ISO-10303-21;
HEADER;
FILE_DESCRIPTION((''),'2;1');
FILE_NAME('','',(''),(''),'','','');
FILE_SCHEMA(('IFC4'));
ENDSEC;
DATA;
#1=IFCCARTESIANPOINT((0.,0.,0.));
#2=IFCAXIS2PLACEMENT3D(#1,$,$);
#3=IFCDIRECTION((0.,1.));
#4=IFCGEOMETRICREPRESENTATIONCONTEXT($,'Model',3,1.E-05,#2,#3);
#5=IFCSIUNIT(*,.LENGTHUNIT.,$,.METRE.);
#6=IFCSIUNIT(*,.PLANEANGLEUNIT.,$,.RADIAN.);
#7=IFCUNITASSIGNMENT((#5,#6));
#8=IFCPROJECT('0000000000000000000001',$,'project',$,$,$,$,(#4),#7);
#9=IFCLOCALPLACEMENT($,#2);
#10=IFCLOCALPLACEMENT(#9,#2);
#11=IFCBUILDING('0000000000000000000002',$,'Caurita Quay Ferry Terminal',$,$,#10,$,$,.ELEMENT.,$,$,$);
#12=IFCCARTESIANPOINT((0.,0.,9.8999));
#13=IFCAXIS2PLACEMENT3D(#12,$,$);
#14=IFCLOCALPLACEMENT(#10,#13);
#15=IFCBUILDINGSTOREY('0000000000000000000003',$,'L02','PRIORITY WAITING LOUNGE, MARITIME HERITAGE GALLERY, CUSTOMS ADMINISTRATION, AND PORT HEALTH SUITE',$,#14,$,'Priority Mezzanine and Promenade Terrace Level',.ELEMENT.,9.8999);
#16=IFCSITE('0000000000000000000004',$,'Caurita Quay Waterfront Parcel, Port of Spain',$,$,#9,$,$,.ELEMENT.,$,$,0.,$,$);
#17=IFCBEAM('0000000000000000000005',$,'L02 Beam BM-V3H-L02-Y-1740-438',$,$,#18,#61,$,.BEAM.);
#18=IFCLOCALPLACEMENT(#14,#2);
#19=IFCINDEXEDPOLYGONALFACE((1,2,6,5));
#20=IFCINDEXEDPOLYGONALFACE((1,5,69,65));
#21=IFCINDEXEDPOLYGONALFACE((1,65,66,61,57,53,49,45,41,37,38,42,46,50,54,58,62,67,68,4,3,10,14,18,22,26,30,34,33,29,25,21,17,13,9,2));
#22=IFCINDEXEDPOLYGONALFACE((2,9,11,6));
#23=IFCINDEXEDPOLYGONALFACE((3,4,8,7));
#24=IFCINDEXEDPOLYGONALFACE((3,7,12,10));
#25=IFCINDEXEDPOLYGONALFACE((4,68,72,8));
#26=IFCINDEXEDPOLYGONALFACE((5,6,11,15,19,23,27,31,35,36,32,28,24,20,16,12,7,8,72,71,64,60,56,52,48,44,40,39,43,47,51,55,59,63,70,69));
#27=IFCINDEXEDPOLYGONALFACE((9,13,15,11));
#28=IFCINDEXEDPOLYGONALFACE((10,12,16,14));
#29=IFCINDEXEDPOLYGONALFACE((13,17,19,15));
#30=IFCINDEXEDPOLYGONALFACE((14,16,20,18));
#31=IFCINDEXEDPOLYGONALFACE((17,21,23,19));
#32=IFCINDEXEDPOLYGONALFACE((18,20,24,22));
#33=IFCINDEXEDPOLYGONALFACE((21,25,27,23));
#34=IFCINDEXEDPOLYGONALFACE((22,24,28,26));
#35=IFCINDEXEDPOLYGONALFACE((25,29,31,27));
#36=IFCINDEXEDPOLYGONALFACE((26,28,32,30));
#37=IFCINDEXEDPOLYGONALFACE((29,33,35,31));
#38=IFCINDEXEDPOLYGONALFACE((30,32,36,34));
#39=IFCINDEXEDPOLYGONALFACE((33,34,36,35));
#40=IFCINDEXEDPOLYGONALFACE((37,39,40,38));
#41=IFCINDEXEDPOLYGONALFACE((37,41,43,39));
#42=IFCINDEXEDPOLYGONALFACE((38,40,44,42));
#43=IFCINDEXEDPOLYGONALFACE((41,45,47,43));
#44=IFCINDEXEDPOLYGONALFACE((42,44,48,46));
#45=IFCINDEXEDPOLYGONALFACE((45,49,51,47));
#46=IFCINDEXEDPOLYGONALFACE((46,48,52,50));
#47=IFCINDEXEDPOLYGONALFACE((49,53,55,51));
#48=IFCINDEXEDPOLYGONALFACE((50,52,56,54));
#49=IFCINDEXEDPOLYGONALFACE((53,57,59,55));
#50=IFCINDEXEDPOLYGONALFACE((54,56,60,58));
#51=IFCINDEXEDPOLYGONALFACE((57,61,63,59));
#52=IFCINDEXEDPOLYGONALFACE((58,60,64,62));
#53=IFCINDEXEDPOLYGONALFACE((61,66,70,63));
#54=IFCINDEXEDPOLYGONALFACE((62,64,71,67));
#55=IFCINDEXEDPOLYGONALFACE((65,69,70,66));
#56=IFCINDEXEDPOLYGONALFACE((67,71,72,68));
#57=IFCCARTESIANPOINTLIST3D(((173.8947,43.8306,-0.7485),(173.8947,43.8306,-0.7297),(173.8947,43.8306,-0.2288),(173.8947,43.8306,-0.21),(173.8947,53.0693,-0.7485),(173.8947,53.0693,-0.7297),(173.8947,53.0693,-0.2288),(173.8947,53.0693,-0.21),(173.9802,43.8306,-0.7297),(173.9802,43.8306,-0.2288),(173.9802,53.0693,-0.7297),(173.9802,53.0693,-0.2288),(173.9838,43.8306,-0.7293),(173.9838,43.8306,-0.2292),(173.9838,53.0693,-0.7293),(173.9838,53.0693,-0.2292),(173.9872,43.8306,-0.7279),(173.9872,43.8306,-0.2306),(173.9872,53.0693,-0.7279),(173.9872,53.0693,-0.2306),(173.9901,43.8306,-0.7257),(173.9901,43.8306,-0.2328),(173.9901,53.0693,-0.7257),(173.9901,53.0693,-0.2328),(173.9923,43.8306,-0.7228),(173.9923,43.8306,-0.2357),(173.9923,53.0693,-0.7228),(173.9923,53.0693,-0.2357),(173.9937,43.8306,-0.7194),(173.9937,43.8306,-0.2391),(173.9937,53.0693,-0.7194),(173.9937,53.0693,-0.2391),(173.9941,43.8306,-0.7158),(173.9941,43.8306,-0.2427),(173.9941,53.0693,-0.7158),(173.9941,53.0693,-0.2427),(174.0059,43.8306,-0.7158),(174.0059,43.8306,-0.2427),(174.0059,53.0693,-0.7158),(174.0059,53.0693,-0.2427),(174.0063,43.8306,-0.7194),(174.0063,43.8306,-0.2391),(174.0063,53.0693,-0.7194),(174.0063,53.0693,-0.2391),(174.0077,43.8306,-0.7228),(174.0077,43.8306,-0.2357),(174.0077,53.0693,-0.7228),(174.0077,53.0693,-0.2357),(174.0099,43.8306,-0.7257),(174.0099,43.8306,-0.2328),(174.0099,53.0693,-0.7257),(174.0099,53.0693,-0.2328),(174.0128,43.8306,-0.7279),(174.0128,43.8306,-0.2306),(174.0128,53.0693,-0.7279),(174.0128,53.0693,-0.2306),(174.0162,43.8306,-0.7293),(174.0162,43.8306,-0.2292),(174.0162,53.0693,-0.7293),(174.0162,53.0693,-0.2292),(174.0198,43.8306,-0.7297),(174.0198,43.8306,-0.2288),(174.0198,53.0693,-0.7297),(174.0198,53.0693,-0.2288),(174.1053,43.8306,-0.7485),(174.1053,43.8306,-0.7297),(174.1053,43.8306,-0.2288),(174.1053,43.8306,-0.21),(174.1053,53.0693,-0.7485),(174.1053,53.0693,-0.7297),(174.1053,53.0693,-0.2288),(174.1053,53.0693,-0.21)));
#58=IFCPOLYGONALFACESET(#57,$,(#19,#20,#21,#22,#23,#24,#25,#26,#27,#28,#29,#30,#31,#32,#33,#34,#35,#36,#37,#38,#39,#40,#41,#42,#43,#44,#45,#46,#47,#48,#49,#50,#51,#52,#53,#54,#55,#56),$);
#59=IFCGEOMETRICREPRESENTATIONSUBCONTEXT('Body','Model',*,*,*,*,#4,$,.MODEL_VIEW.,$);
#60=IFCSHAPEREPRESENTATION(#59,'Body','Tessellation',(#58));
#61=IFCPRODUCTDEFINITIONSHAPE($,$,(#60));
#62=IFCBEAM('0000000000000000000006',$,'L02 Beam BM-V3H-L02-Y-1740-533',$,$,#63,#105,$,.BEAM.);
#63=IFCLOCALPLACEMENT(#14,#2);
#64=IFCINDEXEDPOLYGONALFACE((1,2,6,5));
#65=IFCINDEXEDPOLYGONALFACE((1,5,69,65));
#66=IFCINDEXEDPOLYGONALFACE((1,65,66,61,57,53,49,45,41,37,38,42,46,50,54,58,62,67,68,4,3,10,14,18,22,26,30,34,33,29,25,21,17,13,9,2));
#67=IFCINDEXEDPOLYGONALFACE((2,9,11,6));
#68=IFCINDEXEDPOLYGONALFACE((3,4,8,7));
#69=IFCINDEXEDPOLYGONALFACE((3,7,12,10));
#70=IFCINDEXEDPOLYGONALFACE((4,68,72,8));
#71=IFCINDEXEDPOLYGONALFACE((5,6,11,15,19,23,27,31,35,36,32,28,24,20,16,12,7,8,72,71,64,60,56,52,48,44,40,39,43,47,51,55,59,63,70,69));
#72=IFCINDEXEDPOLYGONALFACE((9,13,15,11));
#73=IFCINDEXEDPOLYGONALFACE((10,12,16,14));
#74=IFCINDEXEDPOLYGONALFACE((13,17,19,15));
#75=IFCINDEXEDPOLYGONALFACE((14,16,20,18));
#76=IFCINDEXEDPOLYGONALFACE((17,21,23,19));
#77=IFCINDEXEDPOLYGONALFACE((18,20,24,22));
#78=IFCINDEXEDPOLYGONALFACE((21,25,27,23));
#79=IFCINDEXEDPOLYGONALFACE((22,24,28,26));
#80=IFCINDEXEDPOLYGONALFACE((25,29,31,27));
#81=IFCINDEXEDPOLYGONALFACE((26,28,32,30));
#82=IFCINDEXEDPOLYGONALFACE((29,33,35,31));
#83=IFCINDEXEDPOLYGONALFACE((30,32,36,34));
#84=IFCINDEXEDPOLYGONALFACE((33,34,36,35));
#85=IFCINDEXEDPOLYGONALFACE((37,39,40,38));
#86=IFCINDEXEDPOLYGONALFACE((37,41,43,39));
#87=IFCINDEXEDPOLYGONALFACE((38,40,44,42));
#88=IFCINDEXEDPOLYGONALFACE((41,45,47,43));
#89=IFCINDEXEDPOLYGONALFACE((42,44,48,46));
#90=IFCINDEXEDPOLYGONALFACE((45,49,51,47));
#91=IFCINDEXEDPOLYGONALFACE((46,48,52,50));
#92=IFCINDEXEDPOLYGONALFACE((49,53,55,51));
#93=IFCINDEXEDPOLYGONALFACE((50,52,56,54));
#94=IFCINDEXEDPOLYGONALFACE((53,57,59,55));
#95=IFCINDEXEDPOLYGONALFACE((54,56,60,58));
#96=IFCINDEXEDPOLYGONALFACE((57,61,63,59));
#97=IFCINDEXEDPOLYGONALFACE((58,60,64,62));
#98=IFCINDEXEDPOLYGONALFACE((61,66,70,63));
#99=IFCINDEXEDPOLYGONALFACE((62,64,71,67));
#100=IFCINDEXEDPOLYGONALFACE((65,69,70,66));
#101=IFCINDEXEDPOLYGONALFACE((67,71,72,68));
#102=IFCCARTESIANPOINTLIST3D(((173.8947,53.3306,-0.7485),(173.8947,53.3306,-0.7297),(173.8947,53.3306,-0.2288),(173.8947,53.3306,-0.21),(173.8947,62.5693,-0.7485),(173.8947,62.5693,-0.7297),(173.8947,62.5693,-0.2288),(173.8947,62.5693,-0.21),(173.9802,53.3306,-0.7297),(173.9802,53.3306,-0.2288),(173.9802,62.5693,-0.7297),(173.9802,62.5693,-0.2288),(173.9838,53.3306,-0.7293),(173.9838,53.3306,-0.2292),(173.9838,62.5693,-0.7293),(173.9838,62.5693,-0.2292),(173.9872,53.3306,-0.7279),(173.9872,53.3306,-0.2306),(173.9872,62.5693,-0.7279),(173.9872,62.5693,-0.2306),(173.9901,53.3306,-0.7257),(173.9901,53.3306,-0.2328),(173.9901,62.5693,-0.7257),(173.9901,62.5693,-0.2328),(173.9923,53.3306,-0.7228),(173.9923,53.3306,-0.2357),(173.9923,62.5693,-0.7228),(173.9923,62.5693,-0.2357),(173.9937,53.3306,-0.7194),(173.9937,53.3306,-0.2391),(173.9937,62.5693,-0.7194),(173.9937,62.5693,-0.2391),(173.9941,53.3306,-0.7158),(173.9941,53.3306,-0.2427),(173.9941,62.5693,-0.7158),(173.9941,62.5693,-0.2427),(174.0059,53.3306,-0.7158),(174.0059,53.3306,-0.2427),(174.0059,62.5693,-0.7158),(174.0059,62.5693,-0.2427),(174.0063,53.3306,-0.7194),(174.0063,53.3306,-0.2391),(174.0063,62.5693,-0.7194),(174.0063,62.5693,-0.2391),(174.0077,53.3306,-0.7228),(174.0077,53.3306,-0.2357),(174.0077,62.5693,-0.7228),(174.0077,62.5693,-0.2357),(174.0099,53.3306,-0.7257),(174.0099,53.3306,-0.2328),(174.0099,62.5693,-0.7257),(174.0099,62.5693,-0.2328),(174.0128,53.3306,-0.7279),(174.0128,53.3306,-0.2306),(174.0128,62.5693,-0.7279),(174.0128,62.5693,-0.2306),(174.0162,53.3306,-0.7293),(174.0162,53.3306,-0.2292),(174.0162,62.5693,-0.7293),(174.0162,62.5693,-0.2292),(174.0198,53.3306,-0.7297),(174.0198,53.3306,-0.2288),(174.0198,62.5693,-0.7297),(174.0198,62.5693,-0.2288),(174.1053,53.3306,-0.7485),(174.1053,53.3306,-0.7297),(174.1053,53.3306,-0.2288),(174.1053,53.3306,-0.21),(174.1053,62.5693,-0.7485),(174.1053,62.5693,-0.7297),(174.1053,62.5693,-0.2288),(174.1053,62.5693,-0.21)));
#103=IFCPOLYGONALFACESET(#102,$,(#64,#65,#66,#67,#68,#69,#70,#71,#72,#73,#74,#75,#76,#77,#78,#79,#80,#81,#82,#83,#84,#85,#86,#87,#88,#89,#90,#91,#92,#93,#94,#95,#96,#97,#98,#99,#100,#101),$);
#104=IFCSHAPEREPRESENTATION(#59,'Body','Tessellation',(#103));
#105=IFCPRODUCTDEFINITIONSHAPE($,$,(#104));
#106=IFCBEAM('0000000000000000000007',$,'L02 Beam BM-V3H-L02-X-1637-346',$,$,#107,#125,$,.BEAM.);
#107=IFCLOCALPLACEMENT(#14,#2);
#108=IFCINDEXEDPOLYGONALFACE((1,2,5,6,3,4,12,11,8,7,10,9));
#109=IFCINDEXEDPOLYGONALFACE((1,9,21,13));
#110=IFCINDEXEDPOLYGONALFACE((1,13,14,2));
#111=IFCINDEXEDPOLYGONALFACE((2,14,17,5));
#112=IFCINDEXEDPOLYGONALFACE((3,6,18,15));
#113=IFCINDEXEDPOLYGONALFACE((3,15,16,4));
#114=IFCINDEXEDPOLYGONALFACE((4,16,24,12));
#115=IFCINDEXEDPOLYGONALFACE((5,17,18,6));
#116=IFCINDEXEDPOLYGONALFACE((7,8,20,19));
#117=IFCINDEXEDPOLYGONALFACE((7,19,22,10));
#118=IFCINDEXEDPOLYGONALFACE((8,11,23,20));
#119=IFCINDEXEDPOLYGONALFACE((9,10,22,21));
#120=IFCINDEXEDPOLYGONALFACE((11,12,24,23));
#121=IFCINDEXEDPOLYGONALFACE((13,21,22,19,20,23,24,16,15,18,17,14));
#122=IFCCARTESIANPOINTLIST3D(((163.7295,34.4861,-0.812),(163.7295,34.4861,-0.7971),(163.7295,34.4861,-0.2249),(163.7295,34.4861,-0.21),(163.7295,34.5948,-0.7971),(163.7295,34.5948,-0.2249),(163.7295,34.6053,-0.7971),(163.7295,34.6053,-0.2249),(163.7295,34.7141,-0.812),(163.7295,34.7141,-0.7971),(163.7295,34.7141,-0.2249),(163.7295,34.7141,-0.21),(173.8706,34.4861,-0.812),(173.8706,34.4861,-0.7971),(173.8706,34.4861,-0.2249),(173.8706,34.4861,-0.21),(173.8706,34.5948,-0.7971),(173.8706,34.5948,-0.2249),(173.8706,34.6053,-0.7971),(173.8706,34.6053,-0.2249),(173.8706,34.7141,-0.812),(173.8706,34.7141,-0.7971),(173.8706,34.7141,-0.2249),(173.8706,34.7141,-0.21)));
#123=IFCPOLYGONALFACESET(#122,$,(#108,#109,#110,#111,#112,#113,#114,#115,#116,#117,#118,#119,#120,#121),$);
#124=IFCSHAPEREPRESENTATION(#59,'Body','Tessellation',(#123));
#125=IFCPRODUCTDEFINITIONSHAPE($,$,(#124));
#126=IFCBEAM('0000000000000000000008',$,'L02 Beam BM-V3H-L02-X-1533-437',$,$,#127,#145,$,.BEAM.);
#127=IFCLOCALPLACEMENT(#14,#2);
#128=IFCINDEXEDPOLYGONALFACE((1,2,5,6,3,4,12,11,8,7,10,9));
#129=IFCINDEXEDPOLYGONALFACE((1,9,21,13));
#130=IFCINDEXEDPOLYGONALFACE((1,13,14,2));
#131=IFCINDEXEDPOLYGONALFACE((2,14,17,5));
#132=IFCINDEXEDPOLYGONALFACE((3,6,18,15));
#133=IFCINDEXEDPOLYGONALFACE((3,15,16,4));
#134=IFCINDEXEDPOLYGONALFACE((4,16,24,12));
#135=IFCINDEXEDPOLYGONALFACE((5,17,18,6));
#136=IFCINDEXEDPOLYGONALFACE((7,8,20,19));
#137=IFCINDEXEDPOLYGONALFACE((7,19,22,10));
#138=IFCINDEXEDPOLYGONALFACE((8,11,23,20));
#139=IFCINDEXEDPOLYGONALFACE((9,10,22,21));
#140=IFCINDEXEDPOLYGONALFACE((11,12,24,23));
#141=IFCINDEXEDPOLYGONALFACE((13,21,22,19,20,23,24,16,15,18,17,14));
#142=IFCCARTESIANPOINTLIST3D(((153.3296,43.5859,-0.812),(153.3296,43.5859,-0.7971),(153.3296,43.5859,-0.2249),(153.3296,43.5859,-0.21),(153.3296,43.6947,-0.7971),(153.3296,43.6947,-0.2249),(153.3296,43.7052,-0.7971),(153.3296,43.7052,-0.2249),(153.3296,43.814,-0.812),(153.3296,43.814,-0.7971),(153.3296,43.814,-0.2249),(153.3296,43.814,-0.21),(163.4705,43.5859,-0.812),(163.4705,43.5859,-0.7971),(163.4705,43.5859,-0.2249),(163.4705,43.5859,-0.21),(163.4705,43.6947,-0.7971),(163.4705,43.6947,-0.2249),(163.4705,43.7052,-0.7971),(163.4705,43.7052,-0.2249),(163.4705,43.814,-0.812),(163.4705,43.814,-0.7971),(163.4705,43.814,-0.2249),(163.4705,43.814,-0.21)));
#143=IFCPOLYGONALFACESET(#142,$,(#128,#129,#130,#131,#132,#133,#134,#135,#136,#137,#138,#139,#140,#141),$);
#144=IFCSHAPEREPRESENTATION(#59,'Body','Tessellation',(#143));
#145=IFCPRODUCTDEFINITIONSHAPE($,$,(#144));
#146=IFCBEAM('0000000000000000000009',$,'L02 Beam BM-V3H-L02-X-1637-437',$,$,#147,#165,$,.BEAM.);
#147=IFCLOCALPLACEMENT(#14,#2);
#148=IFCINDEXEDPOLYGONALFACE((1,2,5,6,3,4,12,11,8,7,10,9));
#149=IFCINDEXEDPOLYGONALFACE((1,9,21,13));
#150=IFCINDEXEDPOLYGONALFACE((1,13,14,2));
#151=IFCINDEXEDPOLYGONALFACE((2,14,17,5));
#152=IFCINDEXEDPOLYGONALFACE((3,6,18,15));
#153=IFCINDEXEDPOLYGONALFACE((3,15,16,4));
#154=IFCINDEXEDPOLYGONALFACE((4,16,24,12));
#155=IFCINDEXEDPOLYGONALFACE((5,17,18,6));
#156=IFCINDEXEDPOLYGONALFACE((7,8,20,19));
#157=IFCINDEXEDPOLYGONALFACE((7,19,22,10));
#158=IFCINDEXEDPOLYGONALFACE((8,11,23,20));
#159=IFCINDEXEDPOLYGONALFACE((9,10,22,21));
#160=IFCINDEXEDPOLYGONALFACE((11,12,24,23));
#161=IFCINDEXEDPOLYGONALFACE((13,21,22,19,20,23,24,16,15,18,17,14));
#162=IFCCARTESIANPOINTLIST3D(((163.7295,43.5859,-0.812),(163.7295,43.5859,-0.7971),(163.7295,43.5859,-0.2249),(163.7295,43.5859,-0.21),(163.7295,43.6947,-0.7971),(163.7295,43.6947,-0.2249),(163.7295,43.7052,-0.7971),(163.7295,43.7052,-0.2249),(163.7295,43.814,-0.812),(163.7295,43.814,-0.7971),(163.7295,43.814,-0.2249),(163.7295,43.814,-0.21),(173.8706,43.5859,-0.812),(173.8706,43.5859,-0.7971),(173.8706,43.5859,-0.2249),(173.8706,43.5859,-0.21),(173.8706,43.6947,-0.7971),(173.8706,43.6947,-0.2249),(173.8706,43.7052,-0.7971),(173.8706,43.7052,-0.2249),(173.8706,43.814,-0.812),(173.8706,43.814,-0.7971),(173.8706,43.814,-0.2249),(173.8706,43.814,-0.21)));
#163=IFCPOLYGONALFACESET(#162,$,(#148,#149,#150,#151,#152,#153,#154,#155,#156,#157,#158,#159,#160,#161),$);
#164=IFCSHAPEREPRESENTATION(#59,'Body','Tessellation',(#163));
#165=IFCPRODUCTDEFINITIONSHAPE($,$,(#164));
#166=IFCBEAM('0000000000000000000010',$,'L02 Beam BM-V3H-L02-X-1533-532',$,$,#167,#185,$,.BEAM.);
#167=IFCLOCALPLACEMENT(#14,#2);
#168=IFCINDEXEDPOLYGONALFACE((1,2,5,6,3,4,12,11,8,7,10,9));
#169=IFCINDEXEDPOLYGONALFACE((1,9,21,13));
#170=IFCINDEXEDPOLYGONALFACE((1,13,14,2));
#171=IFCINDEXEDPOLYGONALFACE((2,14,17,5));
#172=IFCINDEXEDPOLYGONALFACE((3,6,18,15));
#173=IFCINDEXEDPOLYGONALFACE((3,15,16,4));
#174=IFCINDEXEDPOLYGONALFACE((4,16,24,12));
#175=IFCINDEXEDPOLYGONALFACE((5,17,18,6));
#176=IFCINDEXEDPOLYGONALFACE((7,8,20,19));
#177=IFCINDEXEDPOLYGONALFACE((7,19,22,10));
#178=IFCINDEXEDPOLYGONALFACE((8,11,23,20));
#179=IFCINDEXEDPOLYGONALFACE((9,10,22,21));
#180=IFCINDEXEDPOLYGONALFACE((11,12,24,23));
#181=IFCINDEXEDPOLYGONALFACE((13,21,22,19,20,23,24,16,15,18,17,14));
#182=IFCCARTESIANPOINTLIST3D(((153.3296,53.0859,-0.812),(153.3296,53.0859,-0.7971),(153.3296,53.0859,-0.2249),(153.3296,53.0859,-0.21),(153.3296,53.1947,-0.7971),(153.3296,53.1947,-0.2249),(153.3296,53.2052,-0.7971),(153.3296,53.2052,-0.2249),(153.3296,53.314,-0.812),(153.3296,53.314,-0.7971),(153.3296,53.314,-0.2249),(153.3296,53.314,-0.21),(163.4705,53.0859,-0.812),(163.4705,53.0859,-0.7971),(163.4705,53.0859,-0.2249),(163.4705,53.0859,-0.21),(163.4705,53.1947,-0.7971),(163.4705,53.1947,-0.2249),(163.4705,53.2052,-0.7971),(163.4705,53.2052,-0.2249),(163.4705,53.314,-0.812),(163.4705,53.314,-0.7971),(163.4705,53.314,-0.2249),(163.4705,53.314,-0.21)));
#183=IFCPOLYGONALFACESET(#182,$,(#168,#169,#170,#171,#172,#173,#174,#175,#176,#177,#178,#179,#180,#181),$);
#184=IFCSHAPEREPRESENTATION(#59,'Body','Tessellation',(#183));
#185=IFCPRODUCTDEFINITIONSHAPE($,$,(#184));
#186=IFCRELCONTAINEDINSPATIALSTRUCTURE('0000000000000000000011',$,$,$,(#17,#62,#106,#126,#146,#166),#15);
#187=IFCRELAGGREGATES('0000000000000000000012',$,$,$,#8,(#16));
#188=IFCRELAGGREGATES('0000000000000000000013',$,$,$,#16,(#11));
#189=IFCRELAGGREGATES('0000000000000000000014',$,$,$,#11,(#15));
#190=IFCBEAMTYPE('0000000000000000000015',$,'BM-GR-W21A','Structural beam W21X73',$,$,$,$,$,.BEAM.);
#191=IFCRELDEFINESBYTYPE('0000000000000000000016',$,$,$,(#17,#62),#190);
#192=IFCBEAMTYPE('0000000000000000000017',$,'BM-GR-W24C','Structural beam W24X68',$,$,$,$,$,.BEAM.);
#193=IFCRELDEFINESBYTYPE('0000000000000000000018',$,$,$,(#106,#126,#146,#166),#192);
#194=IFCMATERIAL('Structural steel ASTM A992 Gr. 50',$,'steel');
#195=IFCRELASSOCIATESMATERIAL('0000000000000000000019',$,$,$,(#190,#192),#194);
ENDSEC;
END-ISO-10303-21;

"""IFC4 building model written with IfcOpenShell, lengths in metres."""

from ifc_helpers import new_model, si_unit, direction, frame, origin, origin_2d, place, context, subcontext, project, spatial, i_section, extrude, material, material_profile, profile_set, type_object, element, save


model = new_model("IFC4")

# Units and contexts
model_context = context("Model", 3, precision=1e-05, world=origin(), true_north=direction((0.0, 1.0)))
body_context = subcontext(model_context, "Body", "Model", "MODEL_VIEW")
ifc_project = project(units=[si_unit("LENGTHUNIT", "METRE"), si_unit("PLANEANGLEUNIT", "RADIAN")], contexts=[model_context])

# Site, building, storey
site_placement = place(None, origin())
site = spatial("IfcSite", under=ifc_project, at=site_placement, Name="Caurita Quay Waterfront Parcel, Port of Spain", CompositionType="ELEMENT", RefElevation=0.0)
building_placement = place(site_placement, origin())
building = spatial("IfcBuilding", under=site, at=building_placement, Name="Caurita Quay Ferry Terminal", CompositionType="ELEMENT")
storey_placement = place(building_placement, frame((0.0, 0.0, 9.8999)))
storey = spatial("IfcBuildingStorey", under=building, at=storey_placement, Name="L02", Description="PRIORITY WAITING LOUNGE, MARITIME HERITAGE GALLERY, CUSTOMS ADMINISTRATION, AND PORT HEALTH SUITE", LongName="Priority Mezzanine and Promenade Terrace Level", CompositionType="ELEMENT", Elevation=9.8999)

# Beams
ifc_material_1 = material(Name="Structural steel ASTM A992 Gr. 50", Category="steel")
ifc_material_profile_1 = material_profile(ifc_material_1, i_section(OverallWidth=0.2107, OverallDepth=0.5386, WebThickness=0.0117, FlangeThickness=0.0188, FilletRadius=0.0139, at=origin_2d()), Name="W21X73")
ifc_profile_set_1 = profile_set([ifc_material_profile_1], Name="Structural steel ASTM A992 Gr. 50")
beam_type_1 = type_object("IfcBeamType", Name="BM-GR-W21A", Description="Structural beam W21X73", PredefinedType="BEAM", material=ifc_profile_set_1)
for number, where, z_axis, x_axis, name in (
    (1, (174.0, 43.8306, -0.4792), (0.0, 1.0, 0.0), (-1.0, 0.0, 0.0), "L02 Beam BM-V3H-L02-Y-1740-438"),
    (2, (174.0, 53.3306, -0.4792), (0.0, 1.0, 0.0), (-1.0, 0.0, 0.0), "L02 Beam BM-V3H-L02-Y-1740-533"),
):
    element("IfcBeam", number, at=place(storey_placement, frame(where, z_axis=z_axis, x_axis=x_axis)), inside=storey, type_object=beam_type_1, Name=name, PredefinedType="BEAM", context=body_context, shape_type="SweptSolid", body=[
        extrude(i_section(OverallWidth=0.2107, OverallDepth=0.5386, WebThickness=0.0117, FlangeThickness=0.0188, FilletRadius=0.0139, at=origin_2d()), origin(), (0.0, 0.0, 1.0), 9.2388),
    ])
ifc_material_profile_2 = material_profile(ifc_material_1, i_section(OverallWidth=0.228, OverallDepth=0.6021, WebThickness=0.0105, FlangeThickness=0.0149, at=origin_2d()), Name="W24X68")
ifc_profile_set_2 = profile_set([ifc_material_profile_2], Name="Structural steel ASTM A992 Gr. 50")
beam_type_2 = type_object("IfcBeamType", Name="BM-GR-W24C", Description="Structural beam W24X68", PredefinedType="BEAM", material=ifc_profile_set_2)
beam_1_placement = place(storey_placement, frame((163.7295, 34.6001, -0.511), z_axis=(1.0, 0.0, 0.0), x_axis=(0.0, 1.0, 0.0)))
element("IfcBeam", 3, at=beam_1_placement, inside=storey, type_object=beam_type_2, Name="L02 Beam BM-V3H-L02-X-1637-346", PredefinedType="BEAM", context=body_context, shape_type="SweptSolid", body=[
    extrude(i_section(OverallWidth=0.228, OverallDepth=0.6021, WebThickness=0.0105, FlangeThickness=0.0149, at=origin_2d()), origin(), (0.0, 0.0, 1.0), 10.1411),
])
beam_2_placement = place(storey_placement, frame((153.3296, 43.7, -0.511), z_axis=(1.0, 0.0, 0.0), x_axis=(0.0, 1.0, 0.0)))
element("IfcBeam", 4, at=beam_2_placement, inside=storey, type_object=beam_type_2, Name="L02 Beam BM-V3H-L02-X-1533-437", PredefinedType="BEAM", context=body_context, shape_type="SweptSolid", body=[
    extrude(i_section(OverallWidth=0.228, OverallDepth=0.6021, WebThickness=0.0105, FlangeThickness=0.0149, at=origin_2d()), origin(), (0.0, 0.0, 1.0), 10.1409),
])
beam_3_placement = place(storey_placement, frame((163.7295, 43.7, -0.511), z_axis=(1.0, 0.0, 0.0), x_axis=(0.0, 1.0, 0.0)))
element("IfcBeam", 5, at=beam_3_placement, inside=storey, type_object=beam_type_2, Name="L02 Beam BM-V3H-L02-X-1637-437", PredefinedType="BEAM", context=body_context, shape_type="SweptSolid", body=[
    extrude(i_section(OverallWidth=0.228, OverallDepth=0.6021, WebThickness=0.0105, FlangeThickness=0.0149, at=origin_2d()), origin(), (0.0, 0.0, 1.0), 10.1411),
])
beam_4_placement = place(storey_placement, frame((153.3296, 53.2, -0.511), z_axis=(1.0, 0.0, 0.0), x_axis=(0.0, 1.0, 0.0)))
element("IfcBeam", 6, at=beam_4_placement, inside=storey, type_object=beam_type_2, Name="L02 Beam BM-V3H-L02-X-1533-532", PredefinedType="BEAM", context=body_context, shape_type="SweptSolid", body=[
    extrude(i_section(OverallWidth=0.228, OverallDepth=0.6021, WebThickness=0.0105, FlangeThickness=0.0149, at=origin_2d()), origin(), (0.0, 0.0, 1.0), 10.1409),
])

save(model, "model.ifc")
